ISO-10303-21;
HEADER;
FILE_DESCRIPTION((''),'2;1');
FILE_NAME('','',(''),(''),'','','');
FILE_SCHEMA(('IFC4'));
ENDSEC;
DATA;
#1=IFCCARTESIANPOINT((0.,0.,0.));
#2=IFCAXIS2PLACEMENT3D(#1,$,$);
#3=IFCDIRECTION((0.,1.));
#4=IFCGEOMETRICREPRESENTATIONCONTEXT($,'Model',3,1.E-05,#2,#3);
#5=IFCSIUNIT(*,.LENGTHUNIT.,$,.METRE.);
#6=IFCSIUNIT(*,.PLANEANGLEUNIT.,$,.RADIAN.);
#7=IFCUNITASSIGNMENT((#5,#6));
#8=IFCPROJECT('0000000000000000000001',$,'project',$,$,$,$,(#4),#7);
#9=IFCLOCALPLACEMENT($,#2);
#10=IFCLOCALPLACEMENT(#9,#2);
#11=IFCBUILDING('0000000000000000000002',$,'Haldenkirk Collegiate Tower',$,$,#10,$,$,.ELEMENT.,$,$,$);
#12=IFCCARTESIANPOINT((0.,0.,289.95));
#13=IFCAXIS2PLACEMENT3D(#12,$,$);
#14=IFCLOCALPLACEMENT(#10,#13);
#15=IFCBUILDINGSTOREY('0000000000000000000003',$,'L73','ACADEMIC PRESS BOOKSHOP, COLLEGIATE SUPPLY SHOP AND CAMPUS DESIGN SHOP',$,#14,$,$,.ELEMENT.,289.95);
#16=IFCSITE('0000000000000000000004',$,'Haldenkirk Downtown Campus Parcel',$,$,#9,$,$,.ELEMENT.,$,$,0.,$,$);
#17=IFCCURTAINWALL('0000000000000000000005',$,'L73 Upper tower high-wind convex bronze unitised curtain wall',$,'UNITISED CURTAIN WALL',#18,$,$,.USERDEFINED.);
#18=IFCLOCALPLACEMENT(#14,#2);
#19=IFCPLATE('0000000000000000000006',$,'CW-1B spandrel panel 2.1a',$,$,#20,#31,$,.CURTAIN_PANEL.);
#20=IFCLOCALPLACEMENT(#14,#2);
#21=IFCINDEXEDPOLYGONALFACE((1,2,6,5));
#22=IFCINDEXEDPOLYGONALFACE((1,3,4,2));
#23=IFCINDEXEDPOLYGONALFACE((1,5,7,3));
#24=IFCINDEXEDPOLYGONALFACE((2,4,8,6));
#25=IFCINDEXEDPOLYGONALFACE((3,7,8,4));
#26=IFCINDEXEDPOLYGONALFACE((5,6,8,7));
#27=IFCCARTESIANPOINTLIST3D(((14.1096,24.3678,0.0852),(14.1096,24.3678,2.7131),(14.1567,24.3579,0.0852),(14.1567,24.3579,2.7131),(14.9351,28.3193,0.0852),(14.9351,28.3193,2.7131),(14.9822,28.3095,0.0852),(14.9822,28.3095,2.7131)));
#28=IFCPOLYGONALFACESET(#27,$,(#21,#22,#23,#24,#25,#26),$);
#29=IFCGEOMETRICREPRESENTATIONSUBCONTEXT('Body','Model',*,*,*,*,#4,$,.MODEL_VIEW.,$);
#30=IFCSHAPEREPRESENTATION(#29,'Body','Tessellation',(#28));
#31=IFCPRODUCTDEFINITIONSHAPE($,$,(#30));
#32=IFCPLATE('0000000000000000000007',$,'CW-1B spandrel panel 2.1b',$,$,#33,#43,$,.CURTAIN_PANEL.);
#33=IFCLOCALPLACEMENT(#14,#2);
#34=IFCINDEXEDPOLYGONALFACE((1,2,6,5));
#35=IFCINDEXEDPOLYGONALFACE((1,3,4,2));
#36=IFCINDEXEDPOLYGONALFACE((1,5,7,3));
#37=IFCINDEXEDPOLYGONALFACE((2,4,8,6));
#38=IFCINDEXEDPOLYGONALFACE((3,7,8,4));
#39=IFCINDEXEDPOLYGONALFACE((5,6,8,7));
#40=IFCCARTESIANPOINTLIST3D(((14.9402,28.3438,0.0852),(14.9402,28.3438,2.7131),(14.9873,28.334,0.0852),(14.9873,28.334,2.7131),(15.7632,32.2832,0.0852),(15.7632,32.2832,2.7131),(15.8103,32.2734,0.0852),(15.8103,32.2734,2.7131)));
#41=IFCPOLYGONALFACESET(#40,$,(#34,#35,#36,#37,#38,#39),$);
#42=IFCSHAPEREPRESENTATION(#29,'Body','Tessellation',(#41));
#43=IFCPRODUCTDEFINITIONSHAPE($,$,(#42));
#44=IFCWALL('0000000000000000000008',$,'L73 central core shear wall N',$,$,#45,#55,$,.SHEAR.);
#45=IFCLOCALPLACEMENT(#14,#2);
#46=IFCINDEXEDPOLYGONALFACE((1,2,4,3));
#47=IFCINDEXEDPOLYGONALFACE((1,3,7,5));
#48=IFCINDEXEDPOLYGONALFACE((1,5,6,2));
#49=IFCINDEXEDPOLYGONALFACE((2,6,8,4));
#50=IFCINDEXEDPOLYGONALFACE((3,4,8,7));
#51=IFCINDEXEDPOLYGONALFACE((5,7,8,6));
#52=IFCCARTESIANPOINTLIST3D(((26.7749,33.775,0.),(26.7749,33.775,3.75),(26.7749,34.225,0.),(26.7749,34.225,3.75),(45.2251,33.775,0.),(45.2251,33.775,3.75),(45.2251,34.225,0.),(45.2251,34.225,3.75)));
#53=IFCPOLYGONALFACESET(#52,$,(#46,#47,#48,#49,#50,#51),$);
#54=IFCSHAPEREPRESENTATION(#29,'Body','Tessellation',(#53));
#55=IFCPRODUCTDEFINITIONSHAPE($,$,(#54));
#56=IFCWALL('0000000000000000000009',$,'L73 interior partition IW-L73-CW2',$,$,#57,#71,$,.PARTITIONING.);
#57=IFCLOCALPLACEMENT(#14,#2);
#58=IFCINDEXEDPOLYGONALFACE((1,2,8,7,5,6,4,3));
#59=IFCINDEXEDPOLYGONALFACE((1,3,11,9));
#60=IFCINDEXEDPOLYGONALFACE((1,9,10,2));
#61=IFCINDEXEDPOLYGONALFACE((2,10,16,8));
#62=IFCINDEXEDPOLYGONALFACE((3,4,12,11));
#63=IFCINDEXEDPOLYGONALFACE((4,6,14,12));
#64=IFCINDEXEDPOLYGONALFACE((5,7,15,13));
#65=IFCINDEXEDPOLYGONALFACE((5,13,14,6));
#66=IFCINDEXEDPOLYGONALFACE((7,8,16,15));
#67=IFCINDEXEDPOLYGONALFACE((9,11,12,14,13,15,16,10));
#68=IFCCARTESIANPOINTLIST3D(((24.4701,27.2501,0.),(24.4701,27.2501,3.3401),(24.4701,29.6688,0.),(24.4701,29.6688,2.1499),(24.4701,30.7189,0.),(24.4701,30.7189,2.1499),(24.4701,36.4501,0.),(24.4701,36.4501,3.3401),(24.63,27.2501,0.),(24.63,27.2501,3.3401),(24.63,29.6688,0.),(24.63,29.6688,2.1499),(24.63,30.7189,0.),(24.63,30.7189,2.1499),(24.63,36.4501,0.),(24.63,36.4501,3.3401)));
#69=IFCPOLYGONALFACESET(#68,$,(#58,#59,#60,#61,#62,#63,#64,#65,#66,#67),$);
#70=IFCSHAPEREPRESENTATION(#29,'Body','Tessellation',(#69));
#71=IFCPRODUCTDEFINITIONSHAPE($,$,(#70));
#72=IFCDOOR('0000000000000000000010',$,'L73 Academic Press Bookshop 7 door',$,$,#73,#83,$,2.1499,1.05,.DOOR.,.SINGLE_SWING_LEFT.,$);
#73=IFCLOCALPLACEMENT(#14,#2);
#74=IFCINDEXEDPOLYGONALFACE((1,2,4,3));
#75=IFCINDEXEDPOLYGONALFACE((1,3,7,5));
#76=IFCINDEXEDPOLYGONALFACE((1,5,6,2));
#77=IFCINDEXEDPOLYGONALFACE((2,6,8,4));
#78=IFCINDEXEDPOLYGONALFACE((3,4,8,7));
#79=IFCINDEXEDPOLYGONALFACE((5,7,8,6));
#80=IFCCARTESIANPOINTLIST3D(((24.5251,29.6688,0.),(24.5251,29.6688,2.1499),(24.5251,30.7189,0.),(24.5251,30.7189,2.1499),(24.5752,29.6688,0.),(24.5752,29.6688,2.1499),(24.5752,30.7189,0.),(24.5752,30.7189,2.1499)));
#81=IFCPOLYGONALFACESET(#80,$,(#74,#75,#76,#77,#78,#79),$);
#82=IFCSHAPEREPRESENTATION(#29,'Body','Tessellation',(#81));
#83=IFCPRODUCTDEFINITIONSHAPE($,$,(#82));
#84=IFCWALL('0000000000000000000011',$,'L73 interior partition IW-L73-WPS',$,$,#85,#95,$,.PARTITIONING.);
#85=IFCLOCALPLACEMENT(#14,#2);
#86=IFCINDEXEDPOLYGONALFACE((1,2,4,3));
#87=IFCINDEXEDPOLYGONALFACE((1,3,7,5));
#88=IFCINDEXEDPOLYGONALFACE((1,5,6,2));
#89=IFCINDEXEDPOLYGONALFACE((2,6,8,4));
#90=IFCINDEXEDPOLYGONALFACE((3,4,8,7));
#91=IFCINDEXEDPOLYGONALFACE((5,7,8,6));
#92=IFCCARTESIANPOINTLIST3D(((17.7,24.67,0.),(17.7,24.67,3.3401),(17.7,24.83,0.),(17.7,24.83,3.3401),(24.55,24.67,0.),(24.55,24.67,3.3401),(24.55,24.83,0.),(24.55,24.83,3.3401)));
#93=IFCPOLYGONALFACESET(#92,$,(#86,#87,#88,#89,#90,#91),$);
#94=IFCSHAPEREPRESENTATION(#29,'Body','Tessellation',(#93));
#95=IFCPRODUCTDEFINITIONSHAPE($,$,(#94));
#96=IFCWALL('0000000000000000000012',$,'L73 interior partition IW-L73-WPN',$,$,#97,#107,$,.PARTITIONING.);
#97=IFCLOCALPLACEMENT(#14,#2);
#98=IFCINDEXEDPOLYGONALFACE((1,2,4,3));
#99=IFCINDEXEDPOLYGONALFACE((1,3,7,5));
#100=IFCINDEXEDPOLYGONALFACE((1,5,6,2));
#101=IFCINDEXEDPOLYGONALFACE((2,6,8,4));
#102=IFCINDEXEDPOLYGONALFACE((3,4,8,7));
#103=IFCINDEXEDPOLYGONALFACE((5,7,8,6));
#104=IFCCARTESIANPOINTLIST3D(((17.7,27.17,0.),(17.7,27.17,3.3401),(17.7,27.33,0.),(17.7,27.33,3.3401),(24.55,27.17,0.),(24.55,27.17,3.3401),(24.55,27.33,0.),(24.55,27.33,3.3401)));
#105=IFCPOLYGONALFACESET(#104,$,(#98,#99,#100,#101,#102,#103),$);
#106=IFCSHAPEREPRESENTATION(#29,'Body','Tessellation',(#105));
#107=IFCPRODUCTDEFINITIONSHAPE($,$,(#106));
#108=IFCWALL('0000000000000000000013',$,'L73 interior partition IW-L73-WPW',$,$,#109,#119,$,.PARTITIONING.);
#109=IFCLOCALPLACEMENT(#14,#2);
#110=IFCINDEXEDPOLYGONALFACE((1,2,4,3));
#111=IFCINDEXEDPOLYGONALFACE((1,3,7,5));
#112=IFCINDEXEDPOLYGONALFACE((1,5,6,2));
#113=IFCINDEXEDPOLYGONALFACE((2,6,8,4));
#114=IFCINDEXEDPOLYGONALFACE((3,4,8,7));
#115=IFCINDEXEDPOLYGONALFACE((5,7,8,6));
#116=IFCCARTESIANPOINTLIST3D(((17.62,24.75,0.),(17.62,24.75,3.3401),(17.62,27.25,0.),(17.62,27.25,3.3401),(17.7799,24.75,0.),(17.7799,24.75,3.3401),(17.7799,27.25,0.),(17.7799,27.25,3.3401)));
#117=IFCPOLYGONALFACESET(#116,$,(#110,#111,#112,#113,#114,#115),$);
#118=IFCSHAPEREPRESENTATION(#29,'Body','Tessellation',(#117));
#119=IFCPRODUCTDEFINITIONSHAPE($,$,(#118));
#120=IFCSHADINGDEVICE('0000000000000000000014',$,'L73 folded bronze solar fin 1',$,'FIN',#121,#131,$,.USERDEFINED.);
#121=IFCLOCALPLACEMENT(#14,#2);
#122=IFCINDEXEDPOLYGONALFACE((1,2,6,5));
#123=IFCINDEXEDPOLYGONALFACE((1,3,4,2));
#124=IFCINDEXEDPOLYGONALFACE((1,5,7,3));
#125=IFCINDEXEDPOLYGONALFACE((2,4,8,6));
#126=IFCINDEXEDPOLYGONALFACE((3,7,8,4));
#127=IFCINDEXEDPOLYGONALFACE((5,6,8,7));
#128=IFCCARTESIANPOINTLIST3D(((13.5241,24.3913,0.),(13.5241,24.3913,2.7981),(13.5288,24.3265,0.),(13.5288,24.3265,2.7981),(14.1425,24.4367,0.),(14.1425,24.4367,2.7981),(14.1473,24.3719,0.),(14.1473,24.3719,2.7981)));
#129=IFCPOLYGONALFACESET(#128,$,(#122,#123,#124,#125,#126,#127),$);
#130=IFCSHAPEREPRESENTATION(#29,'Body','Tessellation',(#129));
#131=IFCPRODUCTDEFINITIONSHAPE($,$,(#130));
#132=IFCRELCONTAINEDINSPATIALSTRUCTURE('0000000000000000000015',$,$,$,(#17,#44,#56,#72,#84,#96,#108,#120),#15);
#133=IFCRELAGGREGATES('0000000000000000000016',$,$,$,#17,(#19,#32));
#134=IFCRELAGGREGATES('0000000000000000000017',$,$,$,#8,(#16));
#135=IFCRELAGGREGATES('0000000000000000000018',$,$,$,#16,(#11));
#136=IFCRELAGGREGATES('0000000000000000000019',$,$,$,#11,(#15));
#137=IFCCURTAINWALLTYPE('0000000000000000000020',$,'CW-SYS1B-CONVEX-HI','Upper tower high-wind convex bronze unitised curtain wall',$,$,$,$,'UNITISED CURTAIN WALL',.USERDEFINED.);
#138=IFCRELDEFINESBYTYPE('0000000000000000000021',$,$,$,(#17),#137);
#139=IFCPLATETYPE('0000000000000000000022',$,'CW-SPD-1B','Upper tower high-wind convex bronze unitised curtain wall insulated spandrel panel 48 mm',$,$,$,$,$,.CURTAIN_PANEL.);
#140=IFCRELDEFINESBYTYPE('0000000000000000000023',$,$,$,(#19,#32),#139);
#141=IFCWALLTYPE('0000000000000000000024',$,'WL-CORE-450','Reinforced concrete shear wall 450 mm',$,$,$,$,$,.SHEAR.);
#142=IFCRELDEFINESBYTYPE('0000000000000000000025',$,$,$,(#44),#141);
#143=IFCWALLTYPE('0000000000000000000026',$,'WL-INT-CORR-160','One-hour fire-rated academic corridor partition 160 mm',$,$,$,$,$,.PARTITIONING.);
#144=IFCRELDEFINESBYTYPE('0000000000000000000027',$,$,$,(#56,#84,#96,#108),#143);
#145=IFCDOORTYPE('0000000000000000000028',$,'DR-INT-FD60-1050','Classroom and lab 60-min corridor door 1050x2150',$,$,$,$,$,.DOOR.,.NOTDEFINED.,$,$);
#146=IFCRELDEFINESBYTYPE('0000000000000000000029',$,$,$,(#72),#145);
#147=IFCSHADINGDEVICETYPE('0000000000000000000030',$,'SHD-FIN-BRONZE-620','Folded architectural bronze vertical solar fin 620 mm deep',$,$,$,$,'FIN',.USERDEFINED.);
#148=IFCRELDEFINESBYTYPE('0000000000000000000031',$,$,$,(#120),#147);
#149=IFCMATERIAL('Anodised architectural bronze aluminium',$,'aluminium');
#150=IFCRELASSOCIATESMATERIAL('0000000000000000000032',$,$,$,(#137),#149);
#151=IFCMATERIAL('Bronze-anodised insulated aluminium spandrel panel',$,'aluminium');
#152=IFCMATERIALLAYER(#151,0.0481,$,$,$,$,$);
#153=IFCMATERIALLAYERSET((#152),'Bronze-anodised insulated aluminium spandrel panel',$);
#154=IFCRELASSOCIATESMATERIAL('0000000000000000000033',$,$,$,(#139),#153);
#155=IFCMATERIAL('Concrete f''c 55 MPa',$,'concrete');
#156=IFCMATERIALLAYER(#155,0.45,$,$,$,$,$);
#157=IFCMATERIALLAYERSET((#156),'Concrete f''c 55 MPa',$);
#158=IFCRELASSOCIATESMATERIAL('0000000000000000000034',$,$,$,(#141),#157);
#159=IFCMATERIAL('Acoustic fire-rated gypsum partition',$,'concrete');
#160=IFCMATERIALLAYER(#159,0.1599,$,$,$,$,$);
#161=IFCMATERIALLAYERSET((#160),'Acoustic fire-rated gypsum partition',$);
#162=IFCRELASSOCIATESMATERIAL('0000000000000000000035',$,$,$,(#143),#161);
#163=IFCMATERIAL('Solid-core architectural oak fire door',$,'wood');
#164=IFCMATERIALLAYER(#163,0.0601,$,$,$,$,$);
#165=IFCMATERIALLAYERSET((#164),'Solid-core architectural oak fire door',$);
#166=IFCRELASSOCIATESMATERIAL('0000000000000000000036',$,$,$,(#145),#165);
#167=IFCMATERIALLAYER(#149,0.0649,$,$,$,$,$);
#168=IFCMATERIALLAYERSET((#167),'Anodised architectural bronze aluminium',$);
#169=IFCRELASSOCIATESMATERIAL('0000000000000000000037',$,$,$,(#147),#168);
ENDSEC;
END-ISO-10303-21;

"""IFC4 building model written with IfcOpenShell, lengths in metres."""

from ifc_helpers import new_model, si_unit, direction, frame, frame_2d, origin, origin_2d, place, context, subcontext, project, spatial, rectangle, extrude, source, transform, mapped, material, layer, layer_set, type_object, element, fill, aggregate, save


model = new_model("IFC4")

# Units and contexts
model_context = context("Model", 3, precision=1e-05, world=origin(), true_north=direction((0.0, 1.0)))
body_context = subcontext(model_context, "Body", "Model", "MODEL_VIEW")
ifc_project = project(units=[si_unit("LENGTHUNIT", "METRE"), si_unit("PLANEANGLEUNIT", "RADIAN")], contexts=[model_context])

# Site, building, storey
site_placement = place(None, origin())
site = spatial("IfcSite", under=ifc_project, at=site_placement, Name="Haldenkirk Downtown Campus Parcel", CompositionType="ELEMENT", RefElevation=0.0)
building_placement = place(site_placement, origin())
building = spatial("IfcBuilding", under=site, at=building_placement, Name="Haldenkirk Collegiate Tower", CompositionType="ELEMENT")
storey_placement = place(building_placement, frame((0.0, 0.0, 289.95)))
storey = spatial("IfcBuildingStorey", under=building, at=storey_placement, Name="L73", Description="ACADEMIC PRESS BOOKSHOP, COLLEGIATE SUPPLY SHOP AND CAMPUS DESIGN SHOP", CompositionType="ELEMENT", Elevation=289.95)

# Curtain wall
ifc_material_1 = material(Name="Anodised architectural bronze aluminium", Category="aluminium")
curtain_wall_type = type_object("IfcCurtainWallType", Name="CW-SYS1B-CONVEX-HI", Description="Upper tower high-wind convex bronze unitised curtain wall", ElementType="UNITISED CURTAIN WALL", PredefinedType="USERDEFINED", material=ifc_material_1)
curtain_wall_placement = place(storey_placement, origin())
curtain_wall = element("IfcCurtainWall", 1, at=curtain_wall_placement, inside=storey, type_object=curtain_wall_type, Name="L73 Upper tower high-wind convex bronze unitised curtain wall", ObjectType="UNITISED CURTAIN WALL", PredefinedType="USERDEFINED")

# Plates
ifc_material_2 = material(Name="Bronze-anodised insulated aluminium spandrel panel", Category="aluminium")
ifc_layer_1 = layer(ifc_material_2, 0.0481)
ifc_layer_set_1 = layer_set([ifc_layer_1], Name="Bronze-anodised insulated aluminium spandrel panel")
plate_type = type_object("IfcPlateType", Name="CW-SPD-1B", Description="Upper tower high-wind convex bronze unitised curtain wall insulated spandrel panel 48 mm", PredefinedType="CURTAIN_PANEL", material=ifc_layer_set_1)
shared_shape_1 = source(origin(), body_context, "Body", "SweptSolid", [
    extrude(rectangle(XDim=4.0369, YDim=0.0481, at=origin_2d()), origin(), (0.0, 0.0, 1.0), 2.6279),
])
plate_1_placement = place(storey_placement, frame((14.5459, 26.3386, 0.0852), z_axis=(0.0, 0.0, 1.0), x_axis=(0.204499, 0.978867, 0.0)))
plate_1 = element("IfcPlate", 2, at=plate_1_placement, type_object=plate_type, Name="CW-1B spandrel panel 2.1a", PredefinedType="CURTAIN_PANEL", context=body_context, shape_type="MappedRepresentation", body=[
    mapped(shared_shape_1, transform((0.0, 0.0, 0.0), x_axis=(1.0, 0.0, 0.0), y_axis=(0.0, 1.0, 0.0), z_axis=(0.0, 0.0, 1.0), scale=1.0)),
])
shared_shape_2 = source(origin(), body_context, "Body", "SweptSolid", [
    extrude(rectangle(XDim=4.0244, YDim=0.0481, at=origin_2d()), origin(), (0.0, 0.0, 1.0), 2.6279),
])
plate_2_placement = place(storey_placement, frame((15.3752, 30.3086, 0.0852), z_axis=(0.0, 0.0, 1.0), x_axis=(0.204499, 0.978867, 0.0)))
plate_2 = element("IfcPlate", 3, at=plate_2_placement, type_object=plate_type, Name="CW-1B spandrel panel 2.1b", PredefinedType="CURTAIN_PANEL", context=body_context, shape_type="MappedRepresentation", body=[
    mapped(shared_shape_2, transform((0.0, 0.0, 0.0), x_axis=(1.0, 0.0, 0.0), y_axis=(0.0, 1.0, 0.0), z_axis=(0.0, 0.0, 1.0), scale=1.0)),
])
aggregate(curtain_wall, [plate_1, plate_2])

# Wall
ifc_material_3 = material(Name="Concrete f'c 55 MPa", Category="concrete")
ifc_layer_2 = layer(ifc_material_3, 0.45)
ifc_layer_set_2 = layer_set([ifc_layer_2], Name="Concrete f'c 55 MPa")
wall_type_1 = type_object("IfcWallType", Name="WL-CORE-450", Description="Reinforced concrete shear wall 450 mm", PredefinedType="SHEAR", material=ifc_layer_set_2)
wall_1_placement = place(storey_placement, frame((26.7749, 34.0, 0.0), z_axis=(0.0, 0.0, 1.0), x_axis=(1.0, 0.0, 0.0)))
element("IfcWall", 4, at=wall_1_placement, inside=storey, type_object=wall_type_1, Name="L73 central core shear wall N", PredefinedType="SHEAR", context=body_context, shape_type="SweptSolid", body=[
    extrude(rectangle(XDim=18.4502, YDim=0.45, at=frame_2d((9.2251, 0.0))), origin(), (0.0, 0.0, 1.0), 3.75),
])

# Wall, opening, door
ifc_material_4 = material(Name="Acoustic fire-rated gypsum partition", Category="concrete")
ifc_layer_3 = layer(ifc_material_4, 0.1599)
ifc_layer_set_3 = layer_set([ifc_layer_3], Name="Acoustic fire-rated gypsum partition")
wall_type_2 = type_object("IfcWallType", Name="WL-INT-CORR-160", Description="One-hour fire-rated academic corridor partition 160 mm", PredefinedType="PARTITIONING", material=ifc_layer_set_3)
wall_2_placement = place(storey_placement, frame((24.55, 27.25, 0.0), z_axis=(0.0, 0.0, 1.0), x_axis=(0.0, 1.0, 0.0)))
wall_2 = element("IfcWall", 5, at=wall_2_placement, inside=storey, type_object=wall_type_2, Name="L73 interior partition IW-L73-CW2", PredefinedType="PARTITIONING", context=body_context, shape_type="SweptSolid", body=[
    extrude(rectangle(XDim=9.2, YDim=0.1599, at=frame_2d((4.6001, 0.0))), origin(), (0.0, 0.0, 1.0), 3.3401),
])
opening_placement = place(wall_2_placement, frame((2.4189, 0.0, 0.0)))
opening = element("IfcOpeningElement", 6, at=opening_placement, cuts=wall_2, PredefinedType="OPENING", context=body_context, shape_type="SweptSolid", body=[
    extrude(rectangle(XDim=1.05, YDim=2.1499, at=frame_2d((0.5249, 1.075))), frame((0.0, 0.0898, 0.0), z_axis=(0.0, -1.0, 0.0), x_axis=(1.0, 0.0, 0.0)), (0.0, 0.0, 1.0), 0.1799),
])
ifc_material_5 = material(Name="Solid-core architectural oak fire door", Category="wood")
ifc_layer_4 = layer(ifc_material_5, 0.0601)
ifc_layer_set_4 = layer_set([ifc_layer_4], Name="Solid-core architectural oak fire door")
door_type = type_object("IfcDoorType", Name="DR-INT-FD60-1050", Description="Classroom and lab 60-min corridor door 1050x2150", OperationType="NOTDEFINED", PredefinedType="DOOR", material=ifc_layer_set_4)
door_placement = place(opening_placement, origin())
door = element("IfcDoor", 7, at=door_placement, inside=storey, type_object=door_type, Name="L73 Academic Press Bookshop 7 door", OperationType="SINGLE_SWING_LEFT", OverallHeight=2.1499, OverallWidth=1.05, PredefinedType="DOOR", context=body_context, shape_type="SweptSolid", body=[
    extrude(rectangle(XDim=1.05, YDim=2.1499, at=frame_2d((0.5249, 1.075))), frame((0.0, 0.0249, 0.0), z_axis=(0.0, -1.0, 0.0), x_axis=(1.0, 0.0, 0.0)), (0.0, 0.0, 1.0), 0.05),
])
fill(opening, door)

# Walls
for number, where, z_axis, x_axis, name in (
    (8, (17.7, 24.75, 0.0), (0.0, 0.0, 1.0), (1.0, 0.0, 0.0), "L73 interior partition IW-L73-WPS"),
    (9, (17.7, 27.25, 0.0), (0.0, 0.0, 1.0), (1.0, 0.0, 0.0), "L73 interior partition IW-L73-WPN"),
):
    element("IfcWall", number, at=place(storey_placement, frame(where, z_axis=z_axis, x_axis=x_axis)), inside=storey, type_object=wall_type_2, Name=name, PredefinedType="PARTITIONING", context=body_context, shape_type="SweptSolid", body=[
        extrude(rectangle(XDim=6.8501, YDim=0.1599, at=frame_2d((3.425, 0.0))), origin(), (0.0, 0.0, 1.0), 3.3401),
    ])
wall_3_placement = place(storey_placement, frame((17.7, 24.75, 0.0), z_axis=(0.0, 0.0, 1.0), x_axis=(0.0, 1.0, 0.0)))
element("IfcWall", 10, at=wall_3_placement, inside=storey, type_object=wall_type_2, Name="L73 interior partition IW-L73-WPW", PredefinedType="PARTITIONING", context=body_context, shape_type="SweptSolid", body=[
    extrude(rectangle(XDim=2.5, YDim=0.1599, at=frame_2d((1.25, 0.0))), origin(), (0.0, 0.0, 1.0), 3.3401),
])

# Shading device
ifc_layer_5 = layer(ifc_material_1, 0.0649)
ifc_layer_set_5 = layer_set([ifc_layer_5], Name="Anodised architectural bronze aluminium")
shading_device_type = type_object("IfcShadingDeviceType", Name="SHD-FIN-BRONZE-620", Description="Folded architectural bronze vertical solar fin 620 mm deep", ElementType="FIN", PredefinedType="USERDEFINED", material=ifc_layer_set_5)
shared_shape_3 = source(origin(), body_context, "Body", "SweptSolid", [
    extrude(rectangle(XDim=0.6201, YDim=0.0649, at=origin_2d()), origin(), (0.0, 0.0, 1.0), 2.7981),
])
shading_device_placement = place(storey_placement, frame((13.8357, 24.3816, 0.0), z_axis=(0.0, 0.0, 1.0), x_axis=(-0.997314, -0.073238, 0.0)))
element("IfcShadingDevice", 11, at=shading_device_placement, inside=storey, type_object=shading_device_type, Name="L73 folded bronze solar fin 1", ObjectType="FIN", PredefinedType="USERDEFINED", context=body_context, shape_type="MappedRepresentation", body=[
    mapped(shared_shape_3, transform((0.0, 0.0, 0.0), x_axis=(1.0, 0.0, 0.0), y_axis=(0.0, 1.0, 0.0), z_axis=(0.0, 0.0, 1.0), scale=1.0)),
])

save(model, "model.ifc")
